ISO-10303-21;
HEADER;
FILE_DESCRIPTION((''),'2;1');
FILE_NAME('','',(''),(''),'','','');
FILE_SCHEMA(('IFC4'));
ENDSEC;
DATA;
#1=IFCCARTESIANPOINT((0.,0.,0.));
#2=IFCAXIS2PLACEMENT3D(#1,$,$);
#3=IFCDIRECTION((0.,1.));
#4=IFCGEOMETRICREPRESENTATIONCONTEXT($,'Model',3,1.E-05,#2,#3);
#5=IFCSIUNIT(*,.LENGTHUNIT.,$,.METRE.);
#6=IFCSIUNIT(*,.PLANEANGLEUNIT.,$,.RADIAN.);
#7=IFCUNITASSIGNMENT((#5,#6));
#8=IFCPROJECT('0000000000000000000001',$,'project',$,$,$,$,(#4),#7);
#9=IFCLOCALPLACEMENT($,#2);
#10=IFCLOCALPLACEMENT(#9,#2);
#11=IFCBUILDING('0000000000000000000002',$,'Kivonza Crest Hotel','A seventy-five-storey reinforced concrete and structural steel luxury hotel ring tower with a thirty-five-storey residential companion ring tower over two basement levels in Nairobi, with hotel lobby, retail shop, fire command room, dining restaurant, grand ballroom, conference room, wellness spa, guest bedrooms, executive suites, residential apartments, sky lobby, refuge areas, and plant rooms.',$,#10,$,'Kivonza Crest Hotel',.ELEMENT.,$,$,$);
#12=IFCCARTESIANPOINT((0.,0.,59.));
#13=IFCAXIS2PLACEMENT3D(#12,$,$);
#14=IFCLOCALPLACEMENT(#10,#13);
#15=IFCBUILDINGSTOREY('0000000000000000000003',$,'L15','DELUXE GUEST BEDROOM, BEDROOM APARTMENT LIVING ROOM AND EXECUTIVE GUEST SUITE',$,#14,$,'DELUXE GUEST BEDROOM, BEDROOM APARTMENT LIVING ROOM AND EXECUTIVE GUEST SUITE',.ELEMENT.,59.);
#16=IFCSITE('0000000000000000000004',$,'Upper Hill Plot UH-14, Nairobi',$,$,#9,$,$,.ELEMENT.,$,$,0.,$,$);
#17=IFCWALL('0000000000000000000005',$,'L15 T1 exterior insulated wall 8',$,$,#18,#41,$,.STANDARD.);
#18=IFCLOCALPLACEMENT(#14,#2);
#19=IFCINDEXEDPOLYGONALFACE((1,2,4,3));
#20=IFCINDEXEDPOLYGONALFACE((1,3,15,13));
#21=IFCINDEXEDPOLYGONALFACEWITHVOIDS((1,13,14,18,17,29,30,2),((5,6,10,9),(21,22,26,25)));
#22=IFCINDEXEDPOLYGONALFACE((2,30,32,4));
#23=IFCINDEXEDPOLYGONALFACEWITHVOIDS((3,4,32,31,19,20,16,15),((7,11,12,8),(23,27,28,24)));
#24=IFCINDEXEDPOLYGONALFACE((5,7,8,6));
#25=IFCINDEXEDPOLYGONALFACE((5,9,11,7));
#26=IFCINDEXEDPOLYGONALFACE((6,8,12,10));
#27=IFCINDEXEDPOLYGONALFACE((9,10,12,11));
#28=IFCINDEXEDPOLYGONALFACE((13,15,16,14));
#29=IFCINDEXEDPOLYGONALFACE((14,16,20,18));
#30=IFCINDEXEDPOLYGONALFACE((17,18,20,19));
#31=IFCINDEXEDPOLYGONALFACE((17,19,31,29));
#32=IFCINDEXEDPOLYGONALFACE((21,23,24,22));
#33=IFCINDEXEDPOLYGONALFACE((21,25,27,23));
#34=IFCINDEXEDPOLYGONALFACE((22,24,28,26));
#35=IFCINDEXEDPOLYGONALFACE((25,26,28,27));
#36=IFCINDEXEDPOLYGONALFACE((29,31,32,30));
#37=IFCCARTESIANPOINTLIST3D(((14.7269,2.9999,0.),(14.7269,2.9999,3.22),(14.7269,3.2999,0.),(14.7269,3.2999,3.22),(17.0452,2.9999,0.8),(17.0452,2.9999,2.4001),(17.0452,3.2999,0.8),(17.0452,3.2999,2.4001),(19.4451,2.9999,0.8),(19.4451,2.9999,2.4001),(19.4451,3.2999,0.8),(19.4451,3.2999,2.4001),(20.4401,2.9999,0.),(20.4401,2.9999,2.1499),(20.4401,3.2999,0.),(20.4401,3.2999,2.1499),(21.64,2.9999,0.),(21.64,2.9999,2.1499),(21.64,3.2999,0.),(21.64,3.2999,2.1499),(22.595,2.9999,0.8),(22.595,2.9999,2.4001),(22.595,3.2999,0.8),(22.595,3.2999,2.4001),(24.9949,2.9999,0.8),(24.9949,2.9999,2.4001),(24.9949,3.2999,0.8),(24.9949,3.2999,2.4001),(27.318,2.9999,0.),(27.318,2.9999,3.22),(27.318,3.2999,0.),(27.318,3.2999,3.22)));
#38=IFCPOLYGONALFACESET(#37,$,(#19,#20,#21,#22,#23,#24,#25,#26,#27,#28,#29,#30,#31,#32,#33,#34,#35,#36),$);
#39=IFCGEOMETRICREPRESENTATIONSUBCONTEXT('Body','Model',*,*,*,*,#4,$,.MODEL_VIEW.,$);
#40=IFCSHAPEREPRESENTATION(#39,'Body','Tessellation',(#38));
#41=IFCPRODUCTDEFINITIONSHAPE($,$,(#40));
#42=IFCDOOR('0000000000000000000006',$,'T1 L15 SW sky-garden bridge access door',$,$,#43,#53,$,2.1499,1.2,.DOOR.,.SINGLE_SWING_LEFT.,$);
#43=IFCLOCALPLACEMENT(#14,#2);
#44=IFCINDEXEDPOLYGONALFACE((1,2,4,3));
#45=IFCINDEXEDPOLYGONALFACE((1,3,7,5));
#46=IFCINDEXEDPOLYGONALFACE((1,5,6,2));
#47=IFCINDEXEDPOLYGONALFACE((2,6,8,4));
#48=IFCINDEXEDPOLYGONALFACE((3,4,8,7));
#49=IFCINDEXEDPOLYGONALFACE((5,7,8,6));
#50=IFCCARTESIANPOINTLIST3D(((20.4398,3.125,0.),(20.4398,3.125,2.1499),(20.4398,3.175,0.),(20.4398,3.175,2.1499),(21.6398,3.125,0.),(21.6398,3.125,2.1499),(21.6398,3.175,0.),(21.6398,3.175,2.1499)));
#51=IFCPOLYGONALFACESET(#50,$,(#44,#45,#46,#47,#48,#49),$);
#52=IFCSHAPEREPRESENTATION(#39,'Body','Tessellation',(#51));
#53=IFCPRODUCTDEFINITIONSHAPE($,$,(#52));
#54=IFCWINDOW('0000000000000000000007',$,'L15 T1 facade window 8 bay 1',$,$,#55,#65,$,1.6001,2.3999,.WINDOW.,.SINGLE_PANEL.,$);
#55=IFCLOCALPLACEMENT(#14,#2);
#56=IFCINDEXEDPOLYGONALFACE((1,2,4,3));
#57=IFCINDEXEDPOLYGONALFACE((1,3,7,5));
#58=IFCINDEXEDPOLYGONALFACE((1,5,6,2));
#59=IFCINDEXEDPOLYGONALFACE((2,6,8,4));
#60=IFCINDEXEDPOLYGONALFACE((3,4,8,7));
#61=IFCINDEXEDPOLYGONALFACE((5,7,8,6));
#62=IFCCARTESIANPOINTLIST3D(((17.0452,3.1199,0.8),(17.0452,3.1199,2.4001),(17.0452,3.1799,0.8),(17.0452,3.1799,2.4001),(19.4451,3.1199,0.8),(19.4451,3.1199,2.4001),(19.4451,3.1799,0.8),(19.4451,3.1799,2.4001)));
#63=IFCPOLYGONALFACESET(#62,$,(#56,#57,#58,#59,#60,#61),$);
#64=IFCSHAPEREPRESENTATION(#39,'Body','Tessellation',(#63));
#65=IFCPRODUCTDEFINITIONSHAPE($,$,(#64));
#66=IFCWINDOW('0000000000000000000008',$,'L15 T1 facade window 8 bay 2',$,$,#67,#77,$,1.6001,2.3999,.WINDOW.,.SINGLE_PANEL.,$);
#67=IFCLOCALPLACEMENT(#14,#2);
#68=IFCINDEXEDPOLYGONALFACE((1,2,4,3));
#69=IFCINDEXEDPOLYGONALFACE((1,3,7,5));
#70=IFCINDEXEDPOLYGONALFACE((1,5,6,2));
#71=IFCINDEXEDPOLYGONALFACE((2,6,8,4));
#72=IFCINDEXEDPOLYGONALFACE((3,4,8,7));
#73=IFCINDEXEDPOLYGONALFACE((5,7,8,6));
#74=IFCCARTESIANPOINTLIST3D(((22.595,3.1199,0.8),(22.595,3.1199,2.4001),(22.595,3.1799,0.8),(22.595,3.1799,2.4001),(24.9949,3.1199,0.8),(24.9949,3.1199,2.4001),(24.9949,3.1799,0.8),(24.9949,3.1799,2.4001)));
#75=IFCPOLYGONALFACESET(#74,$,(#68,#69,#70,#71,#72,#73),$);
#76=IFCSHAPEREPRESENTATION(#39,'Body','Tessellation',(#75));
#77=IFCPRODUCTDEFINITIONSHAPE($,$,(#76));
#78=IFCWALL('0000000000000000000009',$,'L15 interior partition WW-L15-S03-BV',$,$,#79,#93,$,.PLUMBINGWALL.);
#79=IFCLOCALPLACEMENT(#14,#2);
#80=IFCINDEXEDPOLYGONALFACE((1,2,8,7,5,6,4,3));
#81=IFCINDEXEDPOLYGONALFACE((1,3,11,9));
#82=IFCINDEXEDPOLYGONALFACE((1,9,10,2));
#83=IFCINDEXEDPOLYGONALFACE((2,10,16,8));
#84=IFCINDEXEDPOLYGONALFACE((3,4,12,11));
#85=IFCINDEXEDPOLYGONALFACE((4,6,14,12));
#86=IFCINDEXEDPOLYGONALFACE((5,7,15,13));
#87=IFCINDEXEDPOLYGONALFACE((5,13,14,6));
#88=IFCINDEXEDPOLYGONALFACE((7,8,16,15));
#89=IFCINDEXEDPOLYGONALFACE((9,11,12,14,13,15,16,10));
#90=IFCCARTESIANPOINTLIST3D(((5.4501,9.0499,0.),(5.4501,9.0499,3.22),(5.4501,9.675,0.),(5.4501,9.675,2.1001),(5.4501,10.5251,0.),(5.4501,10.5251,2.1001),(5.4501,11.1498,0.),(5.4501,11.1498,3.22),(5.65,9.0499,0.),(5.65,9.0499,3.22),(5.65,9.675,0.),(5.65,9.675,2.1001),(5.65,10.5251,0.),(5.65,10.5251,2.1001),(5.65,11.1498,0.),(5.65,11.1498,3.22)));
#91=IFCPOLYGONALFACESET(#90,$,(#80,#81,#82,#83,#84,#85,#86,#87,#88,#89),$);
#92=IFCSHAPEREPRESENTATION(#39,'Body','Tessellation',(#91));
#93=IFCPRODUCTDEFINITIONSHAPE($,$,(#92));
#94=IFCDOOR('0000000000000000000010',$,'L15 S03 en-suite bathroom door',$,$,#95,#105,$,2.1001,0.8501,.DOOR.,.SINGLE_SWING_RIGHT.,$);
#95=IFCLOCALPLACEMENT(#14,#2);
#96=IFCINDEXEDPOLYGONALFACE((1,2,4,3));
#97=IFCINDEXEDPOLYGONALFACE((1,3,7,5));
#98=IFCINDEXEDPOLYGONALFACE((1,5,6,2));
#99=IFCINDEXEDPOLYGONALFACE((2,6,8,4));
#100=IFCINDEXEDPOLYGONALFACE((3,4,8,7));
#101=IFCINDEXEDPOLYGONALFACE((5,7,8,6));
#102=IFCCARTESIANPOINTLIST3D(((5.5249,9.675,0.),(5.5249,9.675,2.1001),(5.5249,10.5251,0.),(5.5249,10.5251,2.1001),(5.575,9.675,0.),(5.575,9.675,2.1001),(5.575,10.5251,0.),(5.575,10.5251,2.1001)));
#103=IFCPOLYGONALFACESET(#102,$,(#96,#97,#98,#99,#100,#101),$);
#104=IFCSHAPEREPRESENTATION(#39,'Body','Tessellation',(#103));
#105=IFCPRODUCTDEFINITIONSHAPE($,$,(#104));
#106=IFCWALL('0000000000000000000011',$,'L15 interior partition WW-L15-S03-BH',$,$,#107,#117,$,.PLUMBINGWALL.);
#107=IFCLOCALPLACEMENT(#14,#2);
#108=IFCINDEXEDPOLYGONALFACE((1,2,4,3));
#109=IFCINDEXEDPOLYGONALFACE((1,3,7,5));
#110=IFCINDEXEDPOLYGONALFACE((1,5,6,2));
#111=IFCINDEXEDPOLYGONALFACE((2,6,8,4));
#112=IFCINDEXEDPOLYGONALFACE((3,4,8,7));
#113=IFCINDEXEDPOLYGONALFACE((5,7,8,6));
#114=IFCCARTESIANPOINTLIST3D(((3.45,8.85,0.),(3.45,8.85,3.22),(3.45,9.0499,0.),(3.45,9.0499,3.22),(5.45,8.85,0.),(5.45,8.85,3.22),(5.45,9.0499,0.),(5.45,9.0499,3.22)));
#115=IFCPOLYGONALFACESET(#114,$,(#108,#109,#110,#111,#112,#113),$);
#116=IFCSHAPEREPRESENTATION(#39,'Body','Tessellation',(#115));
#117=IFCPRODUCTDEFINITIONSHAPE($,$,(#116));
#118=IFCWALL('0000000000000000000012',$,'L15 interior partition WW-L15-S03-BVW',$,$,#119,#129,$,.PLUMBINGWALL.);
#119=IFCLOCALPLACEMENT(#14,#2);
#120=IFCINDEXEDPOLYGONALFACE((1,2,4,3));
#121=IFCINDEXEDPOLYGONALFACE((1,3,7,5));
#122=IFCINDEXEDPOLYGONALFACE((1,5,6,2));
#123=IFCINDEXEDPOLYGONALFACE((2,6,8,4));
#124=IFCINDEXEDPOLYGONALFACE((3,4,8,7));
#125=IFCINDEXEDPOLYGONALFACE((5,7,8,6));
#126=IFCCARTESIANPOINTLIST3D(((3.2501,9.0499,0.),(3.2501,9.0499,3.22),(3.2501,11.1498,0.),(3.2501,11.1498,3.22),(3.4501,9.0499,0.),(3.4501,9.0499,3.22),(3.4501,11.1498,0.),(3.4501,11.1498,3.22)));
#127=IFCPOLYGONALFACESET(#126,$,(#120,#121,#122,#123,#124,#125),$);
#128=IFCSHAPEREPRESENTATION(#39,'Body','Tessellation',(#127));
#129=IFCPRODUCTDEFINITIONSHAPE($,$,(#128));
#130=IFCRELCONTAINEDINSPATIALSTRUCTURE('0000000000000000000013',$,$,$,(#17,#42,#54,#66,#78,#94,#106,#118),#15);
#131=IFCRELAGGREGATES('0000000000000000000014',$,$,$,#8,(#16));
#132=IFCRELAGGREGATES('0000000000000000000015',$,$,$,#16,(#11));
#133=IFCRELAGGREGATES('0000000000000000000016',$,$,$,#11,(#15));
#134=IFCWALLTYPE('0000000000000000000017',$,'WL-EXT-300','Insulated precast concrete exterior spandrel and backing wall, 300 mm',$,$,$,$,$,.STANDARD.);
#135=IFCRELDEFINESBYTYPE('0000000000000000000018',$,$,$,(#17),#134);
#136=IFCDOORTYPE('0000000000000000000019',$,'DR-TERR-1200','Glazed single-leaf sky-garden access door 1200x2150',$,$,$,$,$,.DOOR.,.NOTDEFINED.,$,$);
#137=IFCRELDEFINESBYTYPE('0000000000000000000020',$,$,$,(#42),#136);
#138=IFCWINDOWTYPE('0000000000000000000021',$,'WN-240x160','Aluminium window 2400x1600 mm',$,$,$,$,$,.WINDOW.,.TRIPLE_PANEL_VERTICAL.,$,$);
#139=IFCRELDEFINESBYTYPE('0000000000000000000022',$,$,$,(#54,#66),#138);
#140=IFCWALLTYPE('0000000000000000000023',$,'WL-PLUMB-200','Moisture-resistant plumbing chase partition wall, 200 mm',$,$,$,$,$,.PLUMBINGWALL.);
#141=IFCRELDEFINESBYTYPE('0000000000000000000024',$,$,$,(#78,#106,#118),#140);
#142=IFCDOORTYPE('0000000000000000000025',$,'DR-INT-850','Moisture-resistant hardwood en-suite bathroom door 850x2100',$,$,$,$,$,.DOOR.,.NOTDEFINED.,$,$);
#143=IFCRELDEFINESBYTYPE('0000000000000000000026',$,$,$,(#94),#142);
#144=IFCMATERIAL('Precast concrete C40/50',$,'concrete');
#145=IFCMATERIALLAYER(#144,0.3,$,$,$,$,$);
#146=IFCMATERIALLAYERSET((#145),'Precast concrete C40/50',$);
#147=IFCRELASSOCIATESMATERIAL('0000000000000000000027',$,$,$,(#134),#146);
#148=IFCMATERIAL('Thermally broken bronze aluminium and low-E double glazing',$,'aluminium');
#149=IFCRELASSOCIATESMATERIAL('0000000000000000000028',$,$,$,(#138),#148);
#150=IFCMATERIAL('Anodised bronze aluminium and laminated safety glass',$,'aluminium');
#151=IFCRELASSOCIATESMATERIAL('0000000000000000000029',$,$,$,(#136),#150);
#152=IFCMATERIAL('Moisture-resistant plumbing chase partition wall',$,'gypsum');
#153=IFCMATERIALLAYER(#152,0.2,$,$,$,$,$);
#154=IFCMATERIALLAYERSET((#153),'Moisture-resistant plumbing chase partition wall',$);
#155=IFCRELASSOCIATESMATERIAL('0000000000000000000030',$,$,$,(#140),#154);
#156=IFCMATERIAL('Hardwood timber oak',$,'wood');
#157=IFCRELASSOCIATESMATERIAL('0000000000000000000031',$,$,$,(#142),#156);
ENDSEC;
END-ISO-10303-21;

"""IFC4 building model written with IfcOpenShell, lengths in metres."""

from ifc_helpers import new_model, si_unit, direction, frame, frame_2d, origin, place, context, subcontext, project, spatial, rectangle, extrude, material, layer, layer_set, type_object, element, fill, save


model = new_model("IFC4")

# Units and contexts
model_context = context("Model", 3, precision=1e-05, world=origin(), true_north=direction((0.0, 1.0)))
body_context = subcontext(model_context, "Body", "Model", "MODEL_VIEW")
ifc_project = project(units=[si_unit("LENGTHUNIT", "METRE"), si_unit("PLANEANGLEUNIT", "RADIAN")], contexts=[model_context])

# Site, building, storey
site_placement = place(None, origin())
site = spatial("IfcSite", under=ifc_project, at=site_placement, Name="Upper Hill Plot UH-14, Nairobi", CompositionType="ELEMENT", RefElevation=0.0)
building_placement = place(site_placement, origin())
building = spatial("IfcBuilding", under=site, at=building_placement, Name="Kivonza Crest Hotel", Description="A seventy-five-storey reinforced concrete and structural steel luxury hotel ring tower with a thirty-five-storey residential companion ring tower over two basement levels in Nairobi, with hotel lobby, retail shop, fire command room, dining restaurant, grand ballroom, conference room, wellness spa, guest bedrooms, executive suites, residential apartments, sky lobby, refuge areas, and plant rooms.", LongName="Kivonza Crest Hotel", CompositionType="ELEMENT")
storey_placement = place(building_placement, frame((0.0, 0.0, 59.0)))
storey = spatial("IfcBuildingStorey", under=building, at=storey_placement, Name="L15", Description="DELUXE GUEST BEDROOM, BEDROOM APARTMENT LIVING ROOM AND EXECUTIVE GUEST SUITE", LongName="DELUXE GUEST BEDROOM, BEDROOM APARTMENT LIVING ROOM AND EXECUTIVE GUEST SUITE", CompositionType="ELEMENT", Elevation=59.0)

# Shared definitions
ifc_material_1 = material(Name="Precast concrete C40/50", Category="concrete")
ifc_layer_1 = layer(ifc_material_1, 0.3)
ifc_layer_set_1 = layer_set([ifc_layer_1], Name="Precast concrete C40/50")
wall_type_1 = type_object("IfcWallType", Name="WL-EXT-300", Description="Insulated precast concrete exterior spandrel and backing wall, 300 mm", PredefinedType="STANDARD", material=ifc_layer_set_1)

# Shared definitions
ifc_material_2 = material(Name="Thermally broken bronze aluminium and low-E double glazing", Category="aluminium")
window_type = type_object("IfcWindowType", Name="WN-240x160", Description="Aluminium window 2400x1600 mm", PartitioningType="TRIPLE_PANEL_VERTICAL", PredefinedType="WINDOW", material=ifc_material_2)

# Wall, openings, door, windows
wall_1_placement = place(storey_placement, frame((14.7271, 3.1499, 0.0), z_axis=(0.0, 0.0, 1.0), x_axis=(1.0, 0.0, 0.0)))
wall_1 = element("IfcWall", 1, at=wall_1_placement, inside=storey, type_object=wall_type_1, Name="L15 T1 exterior insulated wall 8", PredefinedType="STANDARD", context=body_context, shape_type="SweptSolid", body=[
    extrude(rectangle(XDim=12.5911, YDim=0.3, at=frame_2d((6.2954, 0.0))), origin(), (0.0, 0.0, 1.0), 3.22),
])
opening_1_placement = place(wall_1_placement, frame((5.7129, 0.0, 0.0)))
opening_1 = element("IfcOpeningElement", 2, at=opening_1_placement, cuts=wall_1, PredefinedType="OPENING", context=body_context, shape_type="SweptSolid", body=[
    extrude(rectangle(XDim=1.2, YDim=2.1499, at=frame_2d((0.6001, 1.075))), frame((0.0, 0.1602, 0.0), z_axis=(0.0, -1.0, 0.0), x_axis=(1.0, 0.0, 0.0)), (0.0, 0.0, 1.0), 0.3201),
])
opening_2_placement = place(wall_1_placement, frame((2.3181, 0.0, 0.8)))
opening_2 = element("IfcOpeningElement", 3, at=opening_2_placement, cuts=wall_1, PredefinedType="OPENING", context=body_context, shape_type="SweptSolid", body=[
    extrude(rectangle(XDim=2.3999, YDim=1.6001, at=frame_2d((1.2, 0.8))), frame((0.0, 0.1602, 0.0), z_axis=(0.0, -1.0, 0.0), x_axis=(1.0, 0.0, 0.0)), (0.0, 0.0, 1.0), 0.3201),
])
opening_3_placement = place(wall_1_placement, frame((7.8679, 0.0, 0.8)))
opening_3 = element("IfcOpeningElement", 4, at=opening_3_placement, cuts=wall_1, PredefinedType="OPENING", context=body_context, shape_type="SweptSolid", body=[
    extrude(rectangle(XDim=2.3999, YDim=1.6001, at=frame_2d((1.2, 0.8))), frame((0.0, 0.1602, 0.0), z_axis=(0.0, -1.0, 0.0), x_axis=(1.0, 0.0, 0.0)), (0.0, 0.0, 1.0), 0.3201),
])
ifc_material_3 = material(Name="Anodised bronze aluminium and laminated safety glass", Category="aluminium")
door_type_1 = type_object("IfcDoorType", Name="DR-TERR-1200", Description="Glazed single-leaf sky-garden access door 1200x2150", OperationType="NOTDEFINED", PredefinedType="DOOR", material=ifc_material_3)
door_1_placement = place(opening_1_placement, frame((1.2, 0.0, 0.0), z_axis=(0.0, 0.0, 1.0), x_axis=(-1.0, 0.0, 0.0)))
door_1 = element("IfcDoor", 5, at=door_1_placement, inside=storey, type_object=door_type_1, Name="T1 L15 SW sky-garden bridge access door", OperationType="SINGLE_SWING_LEFT", OverallHeight=2.1499, OverallWidth=1.2, PredefinedType="DOOR", context=body_context, shape_type="SweptSolid", body=[
    extrude(rectangle(XDim=1.2, YDim=2.1499, at=frame_2d((0.6001, 1.075))), frame((0.0, 0.0249, 0.0), z_axis=(0.0, -1.0, 0.0), x_axis=(1.0, 0.0, 0.0)), (0.0, 0.0, 1.0), 0.05),
])
fill(opening_1, door_1)
window_1_placement = place(opening_2_placement, origin())
window_1 = element("IfcWindow", 6, at=window_1_placement, inside=storey, type_object=window_type, Name="L15 T1 facade window 8 bay 1", OverallHeight=1.6001, OverallWidth=2.3999, PartitioningType="SINGLE_PANEL", PredefinedType="WINDOW", context=body_context, shape_type="SweptSolid", body=[
    extrude(rectangle(XDim=2.3999, YDim=1.6001, at=frame_2d((1.2, 0.8))), frame((0.0, 0.03, 0.0), z_axis=(0.0, -1.0, 0.0), x_axis=(1.0, 0.0, 0.0)), (0.0, 0.0, 1.0), 0.0601),
])
fill(opening_2, window_1)
window_2_placement = place(opening_3_placement, origin())
window_2 = element("IfcWindow", 7, at=window_2_placement, inside=storey, type_object=window_type, Name="L15 T1 facade window 8 bay 2", OverallHeight=1.6001, OverallWidth=2.3999, PartitioningType="SINGLE_PANEL", PredefinedType="WINDOW", context=body_context, shape_type="SweptSolid", body=[
    extrude(rectangle(XDim=2.3999, YDim=1.6001, at=frame_2d((1.2, 0.8))), frame((0.0, 0.03, 0.0), z_axis=(0.0, -1.0, 0.0), x_axis=(1.0, 0.0, 0.0)), (0.0, 0.0, 1.0), 0.0601),
])
fill(opening_3, window_2)

# Wall, opening, door
ifc_material_4 = material(Name="Moisture-resistant plumbing chase partition wall", Category="gypsum")
ifc_layer_2 = layer(ifc_material_4, 0.2)
ifc_layer_set_2 = layer_set([ifc_layer_2], Name="Moisture-resistant plumbing chase partition wall")
wall_type_2 = type_object("IfcWallType", Name="WL-PLUMB-200", Description="Moisture-resistant plumbing chase partition wall, 200 mm", PredefinedType="PLUMBINGWALL", material=ifc_layer_set_2)
wall_2_placement = place(storey_placement, frame((5.55, 9.05, 0.0), z_axis=(0.0, 0.0, 1.0), x_axis=(0.0, 1.0, 0.0)))
wall_2 = element("IfcWall", 8, at=wall_2_placement, inside=storey, type_object=wall_type_2, Name="L15 interior partition WW-L15-S03-BV", PredefinedType="PLUMBINGWALL", context=body_context, shape_type="SweptSolid", body=[
    extrude(rectangle(XDim=2.0999, YDim=0.2, at=frame_2d((1.0498, 0.0))), origin(), (0.0, 0.0, 1.0), 3.22),
])
opening_4_placement = place(wall_2_placement, frame((0.625, 0.0, 0.0)))
opening_4 = element("IfcOpeningElement", 9, at=opening_4_placement, cuts=wall_2, PredefinedType="OPENING", context=body_context, shape_type="SweptSolid", body=[
    extrude(rectangle(XDim=0.8501, YDim=2.1001, at=frame_2d((0.425, 1.05))), frame((0.0, 0.1099, 0.0), z_axis=(0.0, -1.0, 0.0), x_axis=(1.0, 0.0, 0.0)), (0.0, 0.0, 1.0), 0.22),
])
ifc_material_5 = material(Name="Hardwood timber oak", Category="wood")
door_type_2 = type_object("IfcDoorType", Name="DR-INT-850", Description="Moisture-resistant hardwood en-suite bathroom door 850x2100", OperationType="NOTDEFINED", PredefinedType="DOOR", material=ifc_material_5)
door_2_placement = place(opening_4_placement, frame((0.8501, 0.0, 0.0), z_axis=(0.0, 0.0, 1.0), x_axis=(-1.0, 0.0, 0.0)))
door_2 = element("IfcDoor", 10, at=door_2_placement, inside=storey, type_object=door_type_2, Name="L15 S03 en-suite bathroom door", OperationType="SINGLE_SWING_RIGHT", OverallHeight=2.1001, OverallWidth=0.8501, PredefinedType="DOOR", context=body_context, shape_type="SweptSolid", body=[
    extrude(rectangle(XDim=0.8501, YDim=2.1001, at=frame_2d((0.425, 1.05))), frame((0.0, 0.0249, 0.0), z_axis=(0.0, -1.0, 0.0), x_axis=(1.0, 0.0, 0.0)), (0.0, 0.0, 1.0), 0.05),
])
fill(opening_4, door_2)

# Walls
wall_3_placement = place(storey_placement, frame((3.45, 8.95, 0.0), z_axis=(0.0, 0.0, 1.0), x_axis=(1.0, 0.0, 0.0)))
element("IfcWall", 11, at=wall_3_placement, inside=storey, type_object=wall_type_2, Name="L15 interior partition WW-L15-S03-BH", PredefinedType="PLUMBINGWALL", context=body_context, shape_type="SweptSolid", body=[
    extrude(rectangle(XDim=2.0, YDim=0.2, at=frame_2d((1.0, 0.0))), origin(), (0.0, 0.0, 1.0), 3.22),
])
wall_4_placement = place(storey_placement, frame((3.3501, 9.05, 0.0), z_axis=(0.0, 0.0, 1.0), x_axis=(0.0, 1.0, 0.0)))
element("IfcWall", 12, at=wall_4_placement, inside=storey, type_object=wall_type_2, Name="L15 interior partition WW-L15-S03-BVW", PredefinedType="PLUMBINGWALL", context=body_context, shape_type="SweptSolid", body=[
    extrude(rectangle(XDim=2.0999, YDim=0.2, at=frame_2d((1.0498, 0.0))), origin(), (0.0, 0.0, 1.0), 3.22),
])

save(model, "model.ifc")
